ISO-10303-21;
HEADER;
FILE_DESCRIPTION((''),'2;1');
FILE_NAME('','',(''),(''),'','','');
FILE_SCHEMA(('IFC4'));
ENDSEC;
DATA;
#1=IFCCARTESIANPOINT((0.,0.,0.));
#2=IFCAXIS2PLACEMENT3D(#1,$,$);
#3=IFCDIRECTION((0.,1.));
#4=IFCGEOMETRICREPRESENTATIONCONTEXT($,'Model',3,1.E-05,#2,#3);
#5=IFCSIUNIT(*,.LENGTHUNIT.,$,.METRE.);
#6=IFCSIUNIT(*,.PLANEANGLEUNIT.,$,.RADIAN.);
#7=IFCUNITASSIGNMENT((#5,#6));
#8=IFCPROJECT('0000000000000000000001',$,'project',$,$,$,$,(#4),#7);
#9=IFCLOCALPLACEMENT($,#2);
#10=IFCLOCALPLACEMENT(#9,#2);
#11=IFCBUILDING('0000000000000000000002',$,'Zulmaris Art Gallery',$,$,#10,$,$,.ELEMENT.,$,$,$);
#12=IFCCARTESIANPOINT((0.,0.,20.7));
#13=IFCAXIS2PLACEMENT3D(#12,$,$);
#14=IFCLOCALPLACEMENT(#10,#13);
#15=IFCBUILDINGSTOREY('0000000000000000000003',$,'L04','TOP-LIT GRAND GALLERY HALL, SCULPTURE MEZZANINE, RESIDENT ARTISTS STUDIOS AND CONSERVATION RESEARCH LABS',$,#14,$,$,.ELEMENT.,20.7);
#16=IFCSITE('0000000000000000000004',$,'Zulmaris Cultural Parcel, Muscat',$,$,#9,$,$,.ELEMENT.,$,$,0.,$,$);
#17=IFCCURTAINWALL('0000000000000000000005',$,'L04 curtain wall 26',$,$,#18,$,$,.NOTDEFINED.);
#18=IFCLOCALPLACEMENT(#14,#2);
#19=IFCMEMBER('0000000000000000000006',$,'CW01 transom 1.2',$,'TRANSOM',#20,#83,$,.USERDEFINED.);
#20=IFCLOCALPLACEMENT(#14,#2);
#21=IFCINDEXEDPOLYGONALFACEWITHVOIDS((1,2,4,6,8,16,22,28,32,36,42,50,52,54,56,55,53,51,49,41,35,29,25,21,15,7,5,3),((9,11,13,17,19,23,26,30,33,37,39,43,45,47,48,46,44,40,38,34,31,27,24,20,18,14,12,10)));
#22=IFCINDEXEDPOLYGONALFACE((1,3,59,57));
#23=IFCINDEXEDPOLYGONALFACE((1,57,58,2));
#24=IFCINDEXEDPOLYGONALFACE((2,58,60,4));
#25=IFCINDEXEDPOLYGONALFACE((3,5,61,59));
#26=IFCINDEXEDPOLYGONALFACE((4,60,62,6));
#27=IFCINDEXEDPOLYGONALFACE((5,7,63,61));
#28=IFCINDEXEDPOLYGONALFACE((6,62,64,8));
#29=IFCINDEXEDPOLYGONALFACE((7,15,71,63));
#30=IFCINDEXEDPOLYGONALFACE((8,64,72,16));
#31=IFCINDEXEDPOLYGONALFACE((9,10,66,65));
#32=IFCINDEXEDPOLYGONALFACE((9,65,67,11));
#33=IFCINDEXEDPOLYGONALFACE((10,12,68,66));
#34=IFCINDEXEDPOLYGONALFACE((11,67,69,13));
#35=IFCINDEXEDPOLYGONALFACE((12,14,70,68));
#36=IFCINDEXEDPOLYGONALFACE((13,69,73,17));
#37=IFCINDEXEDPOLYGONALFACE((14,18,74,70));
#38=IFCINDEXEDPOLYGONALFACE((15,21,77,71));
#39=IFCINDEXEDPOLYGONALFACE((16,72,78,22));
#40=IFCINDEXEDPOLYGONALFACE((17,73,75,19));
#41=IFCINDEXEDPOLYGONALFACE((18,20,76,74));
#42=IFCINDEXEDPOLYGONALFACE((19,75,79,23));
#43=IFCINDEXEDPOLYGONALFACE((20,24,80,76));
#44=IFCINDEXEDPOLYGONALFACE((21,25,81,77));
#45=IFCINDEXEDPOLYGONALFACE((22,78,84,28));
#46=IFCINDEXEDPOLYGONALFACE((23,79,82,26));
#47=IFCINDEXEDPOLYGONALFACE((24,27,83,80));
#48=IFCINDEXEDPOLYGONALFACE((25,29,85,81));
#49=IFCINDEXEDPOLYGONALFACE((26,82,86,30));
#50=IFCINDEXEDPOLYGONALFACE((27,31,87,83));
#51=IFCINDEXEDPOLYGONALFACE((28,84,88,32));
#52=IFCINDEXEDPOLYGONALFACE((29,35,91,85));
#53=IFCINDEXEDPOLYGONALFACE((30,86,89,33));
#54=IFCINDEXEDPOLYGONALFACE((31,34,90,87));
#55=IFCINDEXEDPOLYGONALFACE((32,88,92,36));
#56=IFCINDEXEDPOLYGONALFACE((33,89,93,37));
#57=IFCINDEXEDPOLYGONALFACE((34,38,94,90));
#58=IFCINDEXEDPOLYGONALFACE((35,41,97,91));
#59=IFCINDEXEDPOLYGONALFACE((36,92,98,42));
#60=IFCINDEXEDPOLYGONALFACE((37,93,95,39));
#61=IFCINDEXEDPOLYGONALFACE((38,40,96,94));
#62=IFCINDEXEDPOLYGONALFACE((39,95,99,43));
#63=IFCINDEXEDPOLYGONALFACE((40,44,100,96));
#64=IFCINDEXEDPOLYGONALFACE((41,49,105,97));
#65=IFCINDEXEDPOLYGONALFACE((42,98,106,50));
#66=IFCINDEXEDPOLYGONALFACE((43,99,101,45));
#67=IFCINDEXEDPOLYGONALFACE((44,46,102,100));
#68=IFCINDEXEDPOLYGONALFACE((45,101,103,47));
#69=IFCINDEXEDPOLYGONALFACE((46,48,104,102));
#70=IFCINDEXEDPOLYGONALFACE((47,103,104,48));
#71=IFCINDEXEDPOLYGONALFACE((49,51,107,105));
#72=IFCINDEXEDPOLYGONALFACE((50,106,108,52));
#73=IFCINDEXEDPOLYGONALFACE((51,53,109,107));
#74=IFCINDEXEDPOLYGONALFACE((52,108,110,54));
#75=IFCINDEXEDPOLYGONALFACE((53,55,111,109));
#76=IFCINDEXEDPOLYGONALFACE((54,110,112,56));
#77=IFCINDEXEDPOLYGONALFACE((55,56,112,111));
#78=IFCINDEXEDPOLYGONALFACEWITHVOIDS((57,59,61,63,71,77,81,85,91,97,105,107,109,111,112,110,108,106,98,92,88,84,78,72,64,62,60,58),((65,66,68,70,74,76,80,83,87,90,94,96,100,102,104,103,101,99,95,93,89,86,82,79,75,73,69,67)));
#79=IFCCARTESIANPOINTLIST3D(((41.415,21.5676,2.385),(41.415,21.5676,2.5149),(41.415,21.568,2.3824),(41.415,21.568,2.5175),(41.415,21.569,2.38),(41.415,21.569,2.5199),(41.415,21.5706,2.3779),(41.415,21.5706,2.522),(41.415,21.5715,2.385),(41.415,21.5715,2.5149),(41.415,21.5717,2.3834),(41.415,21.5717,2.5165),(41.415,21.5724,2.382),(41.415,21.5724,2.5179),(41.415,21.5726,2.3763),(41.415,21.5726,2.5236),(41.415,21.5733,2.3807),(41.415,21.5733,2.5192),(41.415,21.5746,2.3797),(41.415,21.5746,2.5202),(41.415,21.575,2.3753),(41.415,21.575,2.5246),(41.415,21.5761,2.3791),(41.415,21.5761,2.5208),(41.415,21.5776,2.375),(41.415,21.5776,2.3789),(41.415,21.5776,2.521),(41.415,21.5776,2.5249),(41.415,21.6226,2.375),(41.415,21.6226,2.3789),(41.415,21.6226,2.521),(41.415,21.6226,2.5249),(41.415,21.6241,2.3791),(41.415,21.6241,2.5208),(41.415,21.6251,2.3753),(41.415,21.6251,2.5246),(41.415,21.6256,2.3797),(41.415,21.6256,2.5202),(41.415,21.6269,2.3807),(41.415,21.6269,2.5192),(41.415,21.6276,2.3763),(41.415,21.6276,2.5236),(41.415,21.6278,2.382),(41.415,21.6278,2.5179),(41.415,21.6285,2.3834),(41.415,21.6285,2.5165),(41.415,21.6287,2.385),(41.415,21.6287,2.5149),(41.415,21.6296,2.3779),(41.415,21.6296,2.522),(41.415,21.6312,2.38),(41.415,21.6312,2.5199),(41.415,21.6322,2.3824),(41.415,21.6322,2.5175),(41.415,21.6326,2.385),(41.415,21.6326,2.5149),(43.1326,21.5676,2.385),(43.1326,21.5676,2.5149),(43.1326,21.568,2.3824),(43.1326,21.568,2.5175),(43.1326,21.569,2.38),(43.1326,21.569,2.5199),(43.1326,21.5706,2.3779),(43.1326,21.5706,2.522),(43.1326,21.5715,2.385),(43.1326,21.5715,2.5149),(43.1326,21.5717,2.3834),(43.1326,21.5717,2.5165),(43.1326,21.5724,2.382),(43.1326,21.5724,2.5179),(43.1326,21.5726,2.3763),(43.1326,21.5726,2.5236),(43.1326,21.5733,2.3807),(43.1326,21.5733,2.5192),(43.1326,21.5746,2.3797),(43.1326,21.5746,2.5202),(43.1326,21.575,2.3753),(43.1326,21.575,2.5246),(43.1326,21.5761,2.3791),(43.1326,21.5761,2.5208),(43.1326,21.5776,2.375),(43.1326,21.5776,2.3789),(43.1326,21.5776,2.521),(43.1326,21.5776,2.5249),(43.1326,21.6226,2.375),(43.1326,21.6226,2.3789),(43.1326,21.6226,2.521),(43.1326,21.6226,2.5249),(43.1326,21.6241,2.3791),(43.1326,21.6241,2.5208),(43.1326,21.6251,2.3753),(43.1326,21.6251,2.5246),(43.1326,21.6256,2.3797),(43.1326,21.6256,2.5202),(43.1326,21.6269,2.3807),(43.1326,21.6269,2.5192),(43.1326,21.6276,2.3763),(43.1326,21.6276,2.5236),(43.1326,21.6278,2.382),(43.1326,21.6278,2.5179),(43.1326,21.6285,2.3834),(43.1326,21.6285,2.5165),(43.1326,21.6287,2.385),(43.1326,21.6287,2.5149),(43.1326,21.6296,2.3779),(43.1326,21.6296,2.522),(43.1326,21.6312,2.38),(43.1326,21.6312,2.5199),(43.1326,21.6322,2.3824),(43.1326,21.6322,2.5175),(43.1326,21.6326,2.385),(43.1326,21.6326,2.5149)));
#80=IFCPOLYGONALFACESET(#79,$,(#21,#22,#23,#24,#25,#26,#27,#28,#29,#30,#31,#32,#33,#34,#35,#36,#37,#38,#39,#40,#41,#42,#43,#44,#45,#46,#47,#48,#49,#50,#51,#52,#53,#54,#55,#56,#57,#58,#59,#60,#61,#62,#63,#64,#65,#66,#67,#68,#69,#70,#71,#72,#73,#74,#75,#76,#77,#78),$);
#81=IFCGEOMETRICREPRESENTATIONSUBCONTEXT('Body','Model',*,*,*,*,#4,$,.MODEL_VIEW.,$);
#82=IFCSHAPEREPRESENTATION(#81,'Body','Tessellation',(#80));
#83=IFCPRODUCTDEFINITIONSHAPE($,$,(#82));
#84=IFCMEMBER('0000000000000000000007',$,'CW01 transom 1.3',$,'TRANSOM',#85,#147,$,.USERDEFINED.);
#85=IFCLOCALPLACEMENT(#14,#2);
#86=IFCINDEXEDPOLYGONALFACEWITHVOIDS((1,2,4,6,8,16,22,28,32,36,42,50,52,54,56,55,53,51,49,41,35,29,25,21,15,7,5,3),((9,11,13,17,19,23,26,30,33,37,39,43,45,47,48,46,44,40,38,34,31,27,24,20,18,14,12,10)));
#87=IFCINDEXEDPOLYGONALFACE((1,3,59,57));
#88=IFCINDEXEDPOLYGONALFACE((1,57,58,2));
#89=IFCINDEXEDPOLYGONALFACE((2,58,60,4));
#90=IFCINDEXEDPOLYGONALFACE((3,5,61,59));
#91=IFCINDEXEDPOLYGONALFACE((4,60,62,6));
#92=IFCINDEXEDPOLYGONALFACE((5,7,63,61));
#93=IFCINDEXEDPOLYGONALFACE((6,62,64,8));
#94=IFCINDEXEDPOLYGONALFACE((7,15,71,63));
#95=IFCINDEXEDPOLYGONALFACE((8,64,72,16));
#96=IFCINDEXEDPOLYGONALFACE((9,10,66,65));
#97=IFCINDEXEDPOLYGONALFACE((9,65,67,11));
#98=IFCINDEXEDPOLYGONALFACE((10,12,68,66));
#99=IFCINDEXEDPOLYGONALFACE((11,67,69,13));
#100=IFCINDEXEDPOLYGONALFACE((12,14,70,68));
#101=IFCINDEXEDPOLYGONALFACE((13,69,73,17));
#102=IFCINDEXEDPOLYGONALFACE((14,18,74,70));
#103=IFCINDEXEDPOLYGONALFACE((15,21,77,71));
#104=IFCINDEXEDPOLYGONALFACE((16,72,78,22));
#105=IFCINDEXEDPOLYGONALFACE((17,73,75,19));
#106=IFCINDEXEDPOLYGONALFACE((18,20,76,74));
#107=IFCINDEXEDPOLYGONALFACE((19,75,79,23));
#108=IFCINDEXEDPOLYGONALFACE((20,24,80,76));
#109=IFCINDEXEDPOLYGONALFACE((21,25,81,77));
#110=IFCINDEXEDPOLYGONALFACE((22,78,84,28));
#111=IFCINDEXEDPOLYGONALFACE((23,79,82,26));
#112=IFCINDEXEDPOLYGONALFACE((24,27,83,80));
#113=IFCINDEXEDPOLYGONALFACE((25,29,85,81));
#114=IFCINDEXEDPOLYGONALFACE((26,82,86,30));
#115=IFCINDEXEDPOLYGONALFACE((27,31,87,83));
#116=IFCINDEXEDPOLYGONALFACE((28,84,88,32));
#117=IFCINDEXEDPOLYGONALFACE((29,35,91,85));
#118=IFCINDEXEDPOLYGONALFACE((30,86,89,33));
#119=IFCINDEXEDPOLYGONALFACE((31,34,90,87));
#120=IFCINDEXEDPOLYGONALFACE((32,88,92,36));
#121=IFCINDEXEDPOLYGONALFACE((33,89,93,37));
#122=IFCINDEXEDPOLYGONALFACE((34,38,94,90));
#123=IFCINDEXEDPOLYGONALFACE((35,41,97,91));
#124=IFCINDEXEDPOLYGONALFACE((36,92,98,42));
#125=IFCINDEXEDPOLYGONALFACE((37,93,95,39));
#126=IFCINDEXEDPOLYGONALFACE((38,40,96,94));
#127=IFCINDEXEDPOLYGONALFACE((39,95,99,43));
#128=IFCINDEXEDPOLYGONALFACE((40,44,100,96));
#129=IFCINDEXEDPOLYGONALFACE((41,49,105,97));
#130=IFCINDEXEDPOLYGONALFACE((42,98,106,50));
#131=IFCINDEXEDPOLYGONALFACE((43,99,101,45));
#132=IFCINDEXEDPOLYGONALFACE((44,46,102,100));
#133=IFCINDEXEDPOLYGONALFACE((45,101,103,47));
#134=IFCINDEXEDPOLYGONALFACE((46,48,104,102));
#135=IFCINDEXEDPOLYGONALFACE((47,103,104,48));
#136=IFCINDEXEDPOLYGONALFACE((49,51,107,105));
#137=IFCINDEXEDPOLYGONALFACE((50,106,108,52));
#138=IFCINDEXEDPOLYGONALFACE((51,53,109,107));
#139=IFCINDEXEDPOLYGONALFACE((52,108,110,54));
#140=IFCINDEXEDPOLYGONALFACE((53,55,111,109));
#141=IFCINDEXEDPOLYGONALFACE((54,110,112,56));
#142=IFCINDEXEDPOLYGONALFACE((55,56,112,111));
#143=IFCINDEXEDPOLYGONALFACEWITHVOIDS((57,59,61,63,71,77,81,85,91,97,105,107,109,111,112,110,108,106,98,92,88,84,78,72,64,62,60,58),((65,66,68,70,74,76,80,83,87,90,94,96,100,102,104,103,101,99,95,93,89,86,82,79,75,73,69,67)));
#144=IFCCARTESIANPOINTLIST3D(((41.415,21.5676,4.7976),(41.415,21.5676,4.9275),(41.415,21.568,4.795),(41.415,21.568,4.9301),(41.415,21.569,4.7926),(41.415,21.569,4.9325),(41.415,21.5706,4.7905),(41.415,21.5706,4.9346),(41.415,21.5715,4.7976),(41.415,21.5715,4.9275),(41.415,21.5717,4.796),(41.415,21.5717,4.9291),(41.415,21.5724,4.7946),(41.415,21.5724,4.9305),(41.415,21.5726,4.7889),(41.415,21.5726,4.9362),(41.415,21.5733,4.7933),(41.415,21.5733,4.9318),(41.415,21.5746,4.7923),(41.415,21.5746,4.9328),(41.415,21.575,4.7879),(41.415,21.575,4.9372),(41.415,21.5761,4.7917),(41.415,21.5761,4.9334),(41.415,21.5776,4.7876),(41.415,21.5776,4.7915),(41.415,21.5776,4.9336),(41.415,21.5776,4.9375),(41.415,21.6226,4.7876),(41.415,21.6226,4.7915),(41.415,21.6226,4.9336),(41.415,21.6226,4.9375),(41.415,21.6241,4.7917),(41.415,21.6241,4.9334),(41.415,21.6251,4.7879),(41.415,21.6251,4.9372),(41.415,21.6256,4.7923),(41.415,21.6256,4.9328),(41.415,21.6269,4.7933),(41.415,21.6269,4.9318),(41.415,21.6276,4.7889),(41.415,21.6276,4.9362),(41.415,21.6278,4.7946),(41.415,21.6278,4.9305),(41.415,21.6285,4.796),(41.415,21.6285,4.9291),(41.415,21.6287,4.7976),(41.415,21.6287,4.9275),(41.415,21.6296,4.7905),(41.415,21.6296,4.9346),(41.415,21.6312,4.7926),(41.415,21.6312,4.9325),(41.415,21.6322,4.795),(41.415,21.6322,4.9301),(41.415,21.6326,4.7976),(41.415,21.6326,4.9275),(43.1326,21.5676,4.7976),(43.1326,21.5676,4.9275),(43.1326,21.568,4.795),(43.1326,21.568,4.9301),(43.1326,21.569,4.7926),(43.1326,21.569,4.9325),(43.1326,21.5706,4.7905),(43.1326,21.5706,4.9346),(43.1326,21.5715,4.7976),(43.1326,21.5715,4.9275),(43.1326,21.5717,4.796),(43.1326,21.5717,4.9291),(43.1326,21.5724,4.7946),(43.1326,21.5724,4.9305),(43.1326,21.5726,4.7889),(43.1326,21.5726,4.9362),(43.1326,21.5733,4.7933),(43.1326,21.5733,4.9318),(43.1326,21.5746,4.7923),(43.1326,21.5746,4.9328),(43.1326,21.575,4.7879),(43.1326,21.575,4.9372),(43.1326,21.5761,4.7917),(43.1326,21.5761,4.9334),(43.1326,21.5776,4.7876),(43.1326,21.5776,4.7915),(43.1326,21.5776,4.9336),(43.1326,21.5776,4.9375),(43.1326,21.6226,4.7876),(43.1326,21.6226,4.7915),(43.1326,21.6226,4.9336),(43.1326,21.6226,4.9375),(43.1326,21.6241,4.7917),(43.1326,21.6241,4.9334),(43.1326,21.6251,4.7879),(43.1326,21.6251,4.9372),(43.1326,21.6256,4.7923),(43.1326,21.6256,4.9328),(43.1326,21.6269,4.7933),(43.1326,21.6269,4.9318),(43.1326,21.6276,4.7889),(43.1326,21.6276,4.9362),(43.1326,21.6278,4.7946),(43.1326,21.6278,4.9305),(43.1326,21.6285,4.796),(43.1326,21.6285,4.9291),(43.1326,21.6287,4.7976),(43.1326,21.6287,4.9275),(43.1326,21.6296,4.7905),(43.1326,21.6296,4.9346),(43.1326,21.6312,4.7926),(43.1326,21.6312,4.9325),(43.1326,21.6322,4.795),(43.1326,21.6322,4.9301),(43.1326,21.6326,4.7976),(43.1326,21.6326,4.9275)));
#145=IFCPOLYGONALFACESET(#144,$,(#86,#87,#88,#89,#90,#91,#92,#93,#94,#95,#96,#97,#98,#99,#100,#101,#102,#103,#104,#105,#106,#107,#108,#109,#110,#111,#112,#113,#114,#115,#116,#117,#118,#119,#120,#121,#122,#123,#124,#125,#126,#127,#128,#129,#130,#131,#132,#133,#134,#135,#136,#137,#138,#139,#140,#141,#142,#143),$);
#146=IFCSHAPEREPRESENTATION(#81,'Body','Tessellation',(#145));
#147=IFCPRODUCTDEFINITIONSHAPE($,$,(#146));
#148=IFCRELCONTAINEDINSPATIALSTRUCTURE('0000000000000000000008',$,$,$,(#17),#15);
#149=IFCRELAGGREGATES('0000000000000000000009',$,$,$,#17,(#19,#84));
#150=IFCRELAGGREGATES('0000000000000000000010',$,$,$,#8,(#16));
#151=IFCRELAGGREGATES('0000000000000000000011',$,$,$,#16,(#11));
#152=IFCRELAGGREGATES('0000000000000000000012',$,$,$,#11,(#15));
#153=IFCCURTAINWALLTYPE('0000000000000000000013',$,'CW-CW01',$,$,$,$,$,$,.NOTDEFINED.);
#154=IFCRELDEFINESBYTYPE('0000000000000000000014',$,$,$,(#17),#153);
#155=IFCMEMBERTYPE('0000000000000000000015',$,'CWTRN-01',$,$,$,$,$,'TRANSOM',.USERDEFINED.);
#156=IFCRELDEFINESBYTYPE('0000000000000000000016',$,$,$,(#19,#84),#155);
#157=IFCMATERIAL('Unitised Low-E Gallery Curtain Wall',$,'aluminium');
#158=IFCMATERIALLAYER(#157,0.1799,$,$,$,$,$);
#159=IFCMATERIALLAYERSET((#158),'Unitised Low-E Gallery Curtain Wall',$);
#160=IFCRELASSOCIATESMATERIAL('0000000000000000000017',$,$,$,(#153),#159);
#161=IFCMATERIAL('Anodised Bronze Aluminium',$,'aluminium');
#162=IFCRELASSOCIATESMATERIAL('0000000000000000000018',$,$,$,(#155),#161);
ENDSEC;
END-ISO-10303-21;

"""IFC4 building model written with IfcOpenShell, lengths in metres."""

from ifc_helpers import new_model, si_unit, direction, frame, origin, origin_2d, place, context, subcontext, project, spatial, hollow_rectangle, extrude, material, layer, layer_set, material_profile, profile_set, type_object, element, aggregate, save


model = new_model("IFC4")

# Units and contexts
model_context = context("Model", 3, precision=1e-05, world=origin(), true_north=direction((0.0, 1.0)))
body_context = subcontext(model_context, "Body", "Model", "MODEL_VIEW")
ifc_project = project(units=[si_unit("LENGTHUNIT", "METRE"), si_unit("PLANEANGLEUNIT", "RADIAN")], contexts=[model_context])

# Site, building, storey
site_placement = place(None, origin())
site = spatial("IfcSite", under=ifc_project, at=site_placement, Name="Zulmaris Cultural Parcel, Muscat", CompositionType="ELEMENT", RefElevation=0.0)
building_placement = place(site_placement, origin())
building = spatial("IfcBuilding", under=site, at=building_placement, Name="Zulmaris Art Gallery", CompositionType="ELEMENT")
storey_placement = place(building_placement, frame((0.0, 0.0, 20.7)))
storey = spatial("IfcBuildingStorey", under=building, at=storey_placement, Name="L04", Description="TOP-LIT GRAND GALLERY HALL, SCULPTURE MEZZANINE, RESIDENT ARTISTS STUDIOS AND CONSERVATION RESEARCH LABS", CompositionType="ELEMENT", Elevation=20.7)

# Curtain wall
ifc_material_1 = material(Name="Unitised Low-E Gallery Curtain Wall", Category="aluminium")
ifc_layer_1 = layer(ifc_material_1, 0.1799)
ifc_layer_set_1 = layer_set([ifc_layer_1], Name="Unitised Low-E Gallery Curtain Wall")
curtain_wall_type_1 = type_object("IfcCurtainWallType", Name="CW-CW01", PredefinedType="NOTDEFINED", material=ifc_layer_set_1)
curtain_wall_1_placement = place(storey_placement, origin())
curtain_wall_1 = element("IfcCurtainWall", 1, at=curtain_wall_1_placement, inside=storey, type_object=curtain_wall_type_1, Name="L04 curtain wall 26", PredefinedType="NOTDEFINED")
ifc_material_2 = material(Name="Anodised Bronze Aluminium", Category="aluminium")

# Members
ifc_material_profile_1 = material_profile(ifc_material_2, hollow_rectangle(XDim=0.0649, YDim=0.1499, WallThickness=0.0039, InnerFilletRadius=0.0061, OuterFilletRadius=0.01, at=origin_2d()), Name="ALU 65x150x4")
ifc_profile_set_1 = profile_set([ifc_material_profile_1], Name="Anodised Bronze Aluminium")
member_type_1 = type_object("IfcMemberType", Name="CWTRN-01", ElementType="TRANSOM", PredefinedType="USERDEFINED", material=ifc_profile_set_1)
member_1_placement = place(storey_placement, frame((41.415, 21.6001, 2.45), z_axis=(1.0, 0.0, 0.0), x_axis=(0.0, 1.0, 0.0)))
member_1 = element("IfcMember", 2, at=member_1_placement, type_object=member_type_1, Name="CW01 transom 1.2", ObjectType="TRANSOM", PredefinedType="USERDEFINED", context=body_context, shape_type="SweptSolid", body=[
    extrude(hollow_rectangle(XDim=0.0649, YDim=0.1499, WallThickness=0.0039, InnerFilletRadius=0.0061, OuterFilletRadius=0.01, at=origin_2d()), origin(), (0.0, 0.0, 1.0), 1.7175),
])
member_2_placement = place(storey_placement, frame((41.415, 21.6001, 4.8625), z_axis=(1.0, 0.0, 0.0), x_axis=(0.0, 1.0, 0.0)))
member_2 = element("IfcMember", 3, at=member_2_placement, type_object=member_type_1, Name="CW01 transom 1.3", ObjectType="TRANSOM", PredefinedType="USERDEFINED", context=body_context, shape_type="SweptSolid", body=[
    extrude(hollow_rectangle(XDim=0.0649, YDim=0.1499, WallThickness=0.0039, InnerFilletRadius=0.0061, OuterFilletRadius=0.01, at=origin_2d()), origin(), (0.0, 0.0, 1.0), 1.7175),
])
aggregate(curtain_wall_1, [member_1, member_2])

save(model, "model.ifc")
